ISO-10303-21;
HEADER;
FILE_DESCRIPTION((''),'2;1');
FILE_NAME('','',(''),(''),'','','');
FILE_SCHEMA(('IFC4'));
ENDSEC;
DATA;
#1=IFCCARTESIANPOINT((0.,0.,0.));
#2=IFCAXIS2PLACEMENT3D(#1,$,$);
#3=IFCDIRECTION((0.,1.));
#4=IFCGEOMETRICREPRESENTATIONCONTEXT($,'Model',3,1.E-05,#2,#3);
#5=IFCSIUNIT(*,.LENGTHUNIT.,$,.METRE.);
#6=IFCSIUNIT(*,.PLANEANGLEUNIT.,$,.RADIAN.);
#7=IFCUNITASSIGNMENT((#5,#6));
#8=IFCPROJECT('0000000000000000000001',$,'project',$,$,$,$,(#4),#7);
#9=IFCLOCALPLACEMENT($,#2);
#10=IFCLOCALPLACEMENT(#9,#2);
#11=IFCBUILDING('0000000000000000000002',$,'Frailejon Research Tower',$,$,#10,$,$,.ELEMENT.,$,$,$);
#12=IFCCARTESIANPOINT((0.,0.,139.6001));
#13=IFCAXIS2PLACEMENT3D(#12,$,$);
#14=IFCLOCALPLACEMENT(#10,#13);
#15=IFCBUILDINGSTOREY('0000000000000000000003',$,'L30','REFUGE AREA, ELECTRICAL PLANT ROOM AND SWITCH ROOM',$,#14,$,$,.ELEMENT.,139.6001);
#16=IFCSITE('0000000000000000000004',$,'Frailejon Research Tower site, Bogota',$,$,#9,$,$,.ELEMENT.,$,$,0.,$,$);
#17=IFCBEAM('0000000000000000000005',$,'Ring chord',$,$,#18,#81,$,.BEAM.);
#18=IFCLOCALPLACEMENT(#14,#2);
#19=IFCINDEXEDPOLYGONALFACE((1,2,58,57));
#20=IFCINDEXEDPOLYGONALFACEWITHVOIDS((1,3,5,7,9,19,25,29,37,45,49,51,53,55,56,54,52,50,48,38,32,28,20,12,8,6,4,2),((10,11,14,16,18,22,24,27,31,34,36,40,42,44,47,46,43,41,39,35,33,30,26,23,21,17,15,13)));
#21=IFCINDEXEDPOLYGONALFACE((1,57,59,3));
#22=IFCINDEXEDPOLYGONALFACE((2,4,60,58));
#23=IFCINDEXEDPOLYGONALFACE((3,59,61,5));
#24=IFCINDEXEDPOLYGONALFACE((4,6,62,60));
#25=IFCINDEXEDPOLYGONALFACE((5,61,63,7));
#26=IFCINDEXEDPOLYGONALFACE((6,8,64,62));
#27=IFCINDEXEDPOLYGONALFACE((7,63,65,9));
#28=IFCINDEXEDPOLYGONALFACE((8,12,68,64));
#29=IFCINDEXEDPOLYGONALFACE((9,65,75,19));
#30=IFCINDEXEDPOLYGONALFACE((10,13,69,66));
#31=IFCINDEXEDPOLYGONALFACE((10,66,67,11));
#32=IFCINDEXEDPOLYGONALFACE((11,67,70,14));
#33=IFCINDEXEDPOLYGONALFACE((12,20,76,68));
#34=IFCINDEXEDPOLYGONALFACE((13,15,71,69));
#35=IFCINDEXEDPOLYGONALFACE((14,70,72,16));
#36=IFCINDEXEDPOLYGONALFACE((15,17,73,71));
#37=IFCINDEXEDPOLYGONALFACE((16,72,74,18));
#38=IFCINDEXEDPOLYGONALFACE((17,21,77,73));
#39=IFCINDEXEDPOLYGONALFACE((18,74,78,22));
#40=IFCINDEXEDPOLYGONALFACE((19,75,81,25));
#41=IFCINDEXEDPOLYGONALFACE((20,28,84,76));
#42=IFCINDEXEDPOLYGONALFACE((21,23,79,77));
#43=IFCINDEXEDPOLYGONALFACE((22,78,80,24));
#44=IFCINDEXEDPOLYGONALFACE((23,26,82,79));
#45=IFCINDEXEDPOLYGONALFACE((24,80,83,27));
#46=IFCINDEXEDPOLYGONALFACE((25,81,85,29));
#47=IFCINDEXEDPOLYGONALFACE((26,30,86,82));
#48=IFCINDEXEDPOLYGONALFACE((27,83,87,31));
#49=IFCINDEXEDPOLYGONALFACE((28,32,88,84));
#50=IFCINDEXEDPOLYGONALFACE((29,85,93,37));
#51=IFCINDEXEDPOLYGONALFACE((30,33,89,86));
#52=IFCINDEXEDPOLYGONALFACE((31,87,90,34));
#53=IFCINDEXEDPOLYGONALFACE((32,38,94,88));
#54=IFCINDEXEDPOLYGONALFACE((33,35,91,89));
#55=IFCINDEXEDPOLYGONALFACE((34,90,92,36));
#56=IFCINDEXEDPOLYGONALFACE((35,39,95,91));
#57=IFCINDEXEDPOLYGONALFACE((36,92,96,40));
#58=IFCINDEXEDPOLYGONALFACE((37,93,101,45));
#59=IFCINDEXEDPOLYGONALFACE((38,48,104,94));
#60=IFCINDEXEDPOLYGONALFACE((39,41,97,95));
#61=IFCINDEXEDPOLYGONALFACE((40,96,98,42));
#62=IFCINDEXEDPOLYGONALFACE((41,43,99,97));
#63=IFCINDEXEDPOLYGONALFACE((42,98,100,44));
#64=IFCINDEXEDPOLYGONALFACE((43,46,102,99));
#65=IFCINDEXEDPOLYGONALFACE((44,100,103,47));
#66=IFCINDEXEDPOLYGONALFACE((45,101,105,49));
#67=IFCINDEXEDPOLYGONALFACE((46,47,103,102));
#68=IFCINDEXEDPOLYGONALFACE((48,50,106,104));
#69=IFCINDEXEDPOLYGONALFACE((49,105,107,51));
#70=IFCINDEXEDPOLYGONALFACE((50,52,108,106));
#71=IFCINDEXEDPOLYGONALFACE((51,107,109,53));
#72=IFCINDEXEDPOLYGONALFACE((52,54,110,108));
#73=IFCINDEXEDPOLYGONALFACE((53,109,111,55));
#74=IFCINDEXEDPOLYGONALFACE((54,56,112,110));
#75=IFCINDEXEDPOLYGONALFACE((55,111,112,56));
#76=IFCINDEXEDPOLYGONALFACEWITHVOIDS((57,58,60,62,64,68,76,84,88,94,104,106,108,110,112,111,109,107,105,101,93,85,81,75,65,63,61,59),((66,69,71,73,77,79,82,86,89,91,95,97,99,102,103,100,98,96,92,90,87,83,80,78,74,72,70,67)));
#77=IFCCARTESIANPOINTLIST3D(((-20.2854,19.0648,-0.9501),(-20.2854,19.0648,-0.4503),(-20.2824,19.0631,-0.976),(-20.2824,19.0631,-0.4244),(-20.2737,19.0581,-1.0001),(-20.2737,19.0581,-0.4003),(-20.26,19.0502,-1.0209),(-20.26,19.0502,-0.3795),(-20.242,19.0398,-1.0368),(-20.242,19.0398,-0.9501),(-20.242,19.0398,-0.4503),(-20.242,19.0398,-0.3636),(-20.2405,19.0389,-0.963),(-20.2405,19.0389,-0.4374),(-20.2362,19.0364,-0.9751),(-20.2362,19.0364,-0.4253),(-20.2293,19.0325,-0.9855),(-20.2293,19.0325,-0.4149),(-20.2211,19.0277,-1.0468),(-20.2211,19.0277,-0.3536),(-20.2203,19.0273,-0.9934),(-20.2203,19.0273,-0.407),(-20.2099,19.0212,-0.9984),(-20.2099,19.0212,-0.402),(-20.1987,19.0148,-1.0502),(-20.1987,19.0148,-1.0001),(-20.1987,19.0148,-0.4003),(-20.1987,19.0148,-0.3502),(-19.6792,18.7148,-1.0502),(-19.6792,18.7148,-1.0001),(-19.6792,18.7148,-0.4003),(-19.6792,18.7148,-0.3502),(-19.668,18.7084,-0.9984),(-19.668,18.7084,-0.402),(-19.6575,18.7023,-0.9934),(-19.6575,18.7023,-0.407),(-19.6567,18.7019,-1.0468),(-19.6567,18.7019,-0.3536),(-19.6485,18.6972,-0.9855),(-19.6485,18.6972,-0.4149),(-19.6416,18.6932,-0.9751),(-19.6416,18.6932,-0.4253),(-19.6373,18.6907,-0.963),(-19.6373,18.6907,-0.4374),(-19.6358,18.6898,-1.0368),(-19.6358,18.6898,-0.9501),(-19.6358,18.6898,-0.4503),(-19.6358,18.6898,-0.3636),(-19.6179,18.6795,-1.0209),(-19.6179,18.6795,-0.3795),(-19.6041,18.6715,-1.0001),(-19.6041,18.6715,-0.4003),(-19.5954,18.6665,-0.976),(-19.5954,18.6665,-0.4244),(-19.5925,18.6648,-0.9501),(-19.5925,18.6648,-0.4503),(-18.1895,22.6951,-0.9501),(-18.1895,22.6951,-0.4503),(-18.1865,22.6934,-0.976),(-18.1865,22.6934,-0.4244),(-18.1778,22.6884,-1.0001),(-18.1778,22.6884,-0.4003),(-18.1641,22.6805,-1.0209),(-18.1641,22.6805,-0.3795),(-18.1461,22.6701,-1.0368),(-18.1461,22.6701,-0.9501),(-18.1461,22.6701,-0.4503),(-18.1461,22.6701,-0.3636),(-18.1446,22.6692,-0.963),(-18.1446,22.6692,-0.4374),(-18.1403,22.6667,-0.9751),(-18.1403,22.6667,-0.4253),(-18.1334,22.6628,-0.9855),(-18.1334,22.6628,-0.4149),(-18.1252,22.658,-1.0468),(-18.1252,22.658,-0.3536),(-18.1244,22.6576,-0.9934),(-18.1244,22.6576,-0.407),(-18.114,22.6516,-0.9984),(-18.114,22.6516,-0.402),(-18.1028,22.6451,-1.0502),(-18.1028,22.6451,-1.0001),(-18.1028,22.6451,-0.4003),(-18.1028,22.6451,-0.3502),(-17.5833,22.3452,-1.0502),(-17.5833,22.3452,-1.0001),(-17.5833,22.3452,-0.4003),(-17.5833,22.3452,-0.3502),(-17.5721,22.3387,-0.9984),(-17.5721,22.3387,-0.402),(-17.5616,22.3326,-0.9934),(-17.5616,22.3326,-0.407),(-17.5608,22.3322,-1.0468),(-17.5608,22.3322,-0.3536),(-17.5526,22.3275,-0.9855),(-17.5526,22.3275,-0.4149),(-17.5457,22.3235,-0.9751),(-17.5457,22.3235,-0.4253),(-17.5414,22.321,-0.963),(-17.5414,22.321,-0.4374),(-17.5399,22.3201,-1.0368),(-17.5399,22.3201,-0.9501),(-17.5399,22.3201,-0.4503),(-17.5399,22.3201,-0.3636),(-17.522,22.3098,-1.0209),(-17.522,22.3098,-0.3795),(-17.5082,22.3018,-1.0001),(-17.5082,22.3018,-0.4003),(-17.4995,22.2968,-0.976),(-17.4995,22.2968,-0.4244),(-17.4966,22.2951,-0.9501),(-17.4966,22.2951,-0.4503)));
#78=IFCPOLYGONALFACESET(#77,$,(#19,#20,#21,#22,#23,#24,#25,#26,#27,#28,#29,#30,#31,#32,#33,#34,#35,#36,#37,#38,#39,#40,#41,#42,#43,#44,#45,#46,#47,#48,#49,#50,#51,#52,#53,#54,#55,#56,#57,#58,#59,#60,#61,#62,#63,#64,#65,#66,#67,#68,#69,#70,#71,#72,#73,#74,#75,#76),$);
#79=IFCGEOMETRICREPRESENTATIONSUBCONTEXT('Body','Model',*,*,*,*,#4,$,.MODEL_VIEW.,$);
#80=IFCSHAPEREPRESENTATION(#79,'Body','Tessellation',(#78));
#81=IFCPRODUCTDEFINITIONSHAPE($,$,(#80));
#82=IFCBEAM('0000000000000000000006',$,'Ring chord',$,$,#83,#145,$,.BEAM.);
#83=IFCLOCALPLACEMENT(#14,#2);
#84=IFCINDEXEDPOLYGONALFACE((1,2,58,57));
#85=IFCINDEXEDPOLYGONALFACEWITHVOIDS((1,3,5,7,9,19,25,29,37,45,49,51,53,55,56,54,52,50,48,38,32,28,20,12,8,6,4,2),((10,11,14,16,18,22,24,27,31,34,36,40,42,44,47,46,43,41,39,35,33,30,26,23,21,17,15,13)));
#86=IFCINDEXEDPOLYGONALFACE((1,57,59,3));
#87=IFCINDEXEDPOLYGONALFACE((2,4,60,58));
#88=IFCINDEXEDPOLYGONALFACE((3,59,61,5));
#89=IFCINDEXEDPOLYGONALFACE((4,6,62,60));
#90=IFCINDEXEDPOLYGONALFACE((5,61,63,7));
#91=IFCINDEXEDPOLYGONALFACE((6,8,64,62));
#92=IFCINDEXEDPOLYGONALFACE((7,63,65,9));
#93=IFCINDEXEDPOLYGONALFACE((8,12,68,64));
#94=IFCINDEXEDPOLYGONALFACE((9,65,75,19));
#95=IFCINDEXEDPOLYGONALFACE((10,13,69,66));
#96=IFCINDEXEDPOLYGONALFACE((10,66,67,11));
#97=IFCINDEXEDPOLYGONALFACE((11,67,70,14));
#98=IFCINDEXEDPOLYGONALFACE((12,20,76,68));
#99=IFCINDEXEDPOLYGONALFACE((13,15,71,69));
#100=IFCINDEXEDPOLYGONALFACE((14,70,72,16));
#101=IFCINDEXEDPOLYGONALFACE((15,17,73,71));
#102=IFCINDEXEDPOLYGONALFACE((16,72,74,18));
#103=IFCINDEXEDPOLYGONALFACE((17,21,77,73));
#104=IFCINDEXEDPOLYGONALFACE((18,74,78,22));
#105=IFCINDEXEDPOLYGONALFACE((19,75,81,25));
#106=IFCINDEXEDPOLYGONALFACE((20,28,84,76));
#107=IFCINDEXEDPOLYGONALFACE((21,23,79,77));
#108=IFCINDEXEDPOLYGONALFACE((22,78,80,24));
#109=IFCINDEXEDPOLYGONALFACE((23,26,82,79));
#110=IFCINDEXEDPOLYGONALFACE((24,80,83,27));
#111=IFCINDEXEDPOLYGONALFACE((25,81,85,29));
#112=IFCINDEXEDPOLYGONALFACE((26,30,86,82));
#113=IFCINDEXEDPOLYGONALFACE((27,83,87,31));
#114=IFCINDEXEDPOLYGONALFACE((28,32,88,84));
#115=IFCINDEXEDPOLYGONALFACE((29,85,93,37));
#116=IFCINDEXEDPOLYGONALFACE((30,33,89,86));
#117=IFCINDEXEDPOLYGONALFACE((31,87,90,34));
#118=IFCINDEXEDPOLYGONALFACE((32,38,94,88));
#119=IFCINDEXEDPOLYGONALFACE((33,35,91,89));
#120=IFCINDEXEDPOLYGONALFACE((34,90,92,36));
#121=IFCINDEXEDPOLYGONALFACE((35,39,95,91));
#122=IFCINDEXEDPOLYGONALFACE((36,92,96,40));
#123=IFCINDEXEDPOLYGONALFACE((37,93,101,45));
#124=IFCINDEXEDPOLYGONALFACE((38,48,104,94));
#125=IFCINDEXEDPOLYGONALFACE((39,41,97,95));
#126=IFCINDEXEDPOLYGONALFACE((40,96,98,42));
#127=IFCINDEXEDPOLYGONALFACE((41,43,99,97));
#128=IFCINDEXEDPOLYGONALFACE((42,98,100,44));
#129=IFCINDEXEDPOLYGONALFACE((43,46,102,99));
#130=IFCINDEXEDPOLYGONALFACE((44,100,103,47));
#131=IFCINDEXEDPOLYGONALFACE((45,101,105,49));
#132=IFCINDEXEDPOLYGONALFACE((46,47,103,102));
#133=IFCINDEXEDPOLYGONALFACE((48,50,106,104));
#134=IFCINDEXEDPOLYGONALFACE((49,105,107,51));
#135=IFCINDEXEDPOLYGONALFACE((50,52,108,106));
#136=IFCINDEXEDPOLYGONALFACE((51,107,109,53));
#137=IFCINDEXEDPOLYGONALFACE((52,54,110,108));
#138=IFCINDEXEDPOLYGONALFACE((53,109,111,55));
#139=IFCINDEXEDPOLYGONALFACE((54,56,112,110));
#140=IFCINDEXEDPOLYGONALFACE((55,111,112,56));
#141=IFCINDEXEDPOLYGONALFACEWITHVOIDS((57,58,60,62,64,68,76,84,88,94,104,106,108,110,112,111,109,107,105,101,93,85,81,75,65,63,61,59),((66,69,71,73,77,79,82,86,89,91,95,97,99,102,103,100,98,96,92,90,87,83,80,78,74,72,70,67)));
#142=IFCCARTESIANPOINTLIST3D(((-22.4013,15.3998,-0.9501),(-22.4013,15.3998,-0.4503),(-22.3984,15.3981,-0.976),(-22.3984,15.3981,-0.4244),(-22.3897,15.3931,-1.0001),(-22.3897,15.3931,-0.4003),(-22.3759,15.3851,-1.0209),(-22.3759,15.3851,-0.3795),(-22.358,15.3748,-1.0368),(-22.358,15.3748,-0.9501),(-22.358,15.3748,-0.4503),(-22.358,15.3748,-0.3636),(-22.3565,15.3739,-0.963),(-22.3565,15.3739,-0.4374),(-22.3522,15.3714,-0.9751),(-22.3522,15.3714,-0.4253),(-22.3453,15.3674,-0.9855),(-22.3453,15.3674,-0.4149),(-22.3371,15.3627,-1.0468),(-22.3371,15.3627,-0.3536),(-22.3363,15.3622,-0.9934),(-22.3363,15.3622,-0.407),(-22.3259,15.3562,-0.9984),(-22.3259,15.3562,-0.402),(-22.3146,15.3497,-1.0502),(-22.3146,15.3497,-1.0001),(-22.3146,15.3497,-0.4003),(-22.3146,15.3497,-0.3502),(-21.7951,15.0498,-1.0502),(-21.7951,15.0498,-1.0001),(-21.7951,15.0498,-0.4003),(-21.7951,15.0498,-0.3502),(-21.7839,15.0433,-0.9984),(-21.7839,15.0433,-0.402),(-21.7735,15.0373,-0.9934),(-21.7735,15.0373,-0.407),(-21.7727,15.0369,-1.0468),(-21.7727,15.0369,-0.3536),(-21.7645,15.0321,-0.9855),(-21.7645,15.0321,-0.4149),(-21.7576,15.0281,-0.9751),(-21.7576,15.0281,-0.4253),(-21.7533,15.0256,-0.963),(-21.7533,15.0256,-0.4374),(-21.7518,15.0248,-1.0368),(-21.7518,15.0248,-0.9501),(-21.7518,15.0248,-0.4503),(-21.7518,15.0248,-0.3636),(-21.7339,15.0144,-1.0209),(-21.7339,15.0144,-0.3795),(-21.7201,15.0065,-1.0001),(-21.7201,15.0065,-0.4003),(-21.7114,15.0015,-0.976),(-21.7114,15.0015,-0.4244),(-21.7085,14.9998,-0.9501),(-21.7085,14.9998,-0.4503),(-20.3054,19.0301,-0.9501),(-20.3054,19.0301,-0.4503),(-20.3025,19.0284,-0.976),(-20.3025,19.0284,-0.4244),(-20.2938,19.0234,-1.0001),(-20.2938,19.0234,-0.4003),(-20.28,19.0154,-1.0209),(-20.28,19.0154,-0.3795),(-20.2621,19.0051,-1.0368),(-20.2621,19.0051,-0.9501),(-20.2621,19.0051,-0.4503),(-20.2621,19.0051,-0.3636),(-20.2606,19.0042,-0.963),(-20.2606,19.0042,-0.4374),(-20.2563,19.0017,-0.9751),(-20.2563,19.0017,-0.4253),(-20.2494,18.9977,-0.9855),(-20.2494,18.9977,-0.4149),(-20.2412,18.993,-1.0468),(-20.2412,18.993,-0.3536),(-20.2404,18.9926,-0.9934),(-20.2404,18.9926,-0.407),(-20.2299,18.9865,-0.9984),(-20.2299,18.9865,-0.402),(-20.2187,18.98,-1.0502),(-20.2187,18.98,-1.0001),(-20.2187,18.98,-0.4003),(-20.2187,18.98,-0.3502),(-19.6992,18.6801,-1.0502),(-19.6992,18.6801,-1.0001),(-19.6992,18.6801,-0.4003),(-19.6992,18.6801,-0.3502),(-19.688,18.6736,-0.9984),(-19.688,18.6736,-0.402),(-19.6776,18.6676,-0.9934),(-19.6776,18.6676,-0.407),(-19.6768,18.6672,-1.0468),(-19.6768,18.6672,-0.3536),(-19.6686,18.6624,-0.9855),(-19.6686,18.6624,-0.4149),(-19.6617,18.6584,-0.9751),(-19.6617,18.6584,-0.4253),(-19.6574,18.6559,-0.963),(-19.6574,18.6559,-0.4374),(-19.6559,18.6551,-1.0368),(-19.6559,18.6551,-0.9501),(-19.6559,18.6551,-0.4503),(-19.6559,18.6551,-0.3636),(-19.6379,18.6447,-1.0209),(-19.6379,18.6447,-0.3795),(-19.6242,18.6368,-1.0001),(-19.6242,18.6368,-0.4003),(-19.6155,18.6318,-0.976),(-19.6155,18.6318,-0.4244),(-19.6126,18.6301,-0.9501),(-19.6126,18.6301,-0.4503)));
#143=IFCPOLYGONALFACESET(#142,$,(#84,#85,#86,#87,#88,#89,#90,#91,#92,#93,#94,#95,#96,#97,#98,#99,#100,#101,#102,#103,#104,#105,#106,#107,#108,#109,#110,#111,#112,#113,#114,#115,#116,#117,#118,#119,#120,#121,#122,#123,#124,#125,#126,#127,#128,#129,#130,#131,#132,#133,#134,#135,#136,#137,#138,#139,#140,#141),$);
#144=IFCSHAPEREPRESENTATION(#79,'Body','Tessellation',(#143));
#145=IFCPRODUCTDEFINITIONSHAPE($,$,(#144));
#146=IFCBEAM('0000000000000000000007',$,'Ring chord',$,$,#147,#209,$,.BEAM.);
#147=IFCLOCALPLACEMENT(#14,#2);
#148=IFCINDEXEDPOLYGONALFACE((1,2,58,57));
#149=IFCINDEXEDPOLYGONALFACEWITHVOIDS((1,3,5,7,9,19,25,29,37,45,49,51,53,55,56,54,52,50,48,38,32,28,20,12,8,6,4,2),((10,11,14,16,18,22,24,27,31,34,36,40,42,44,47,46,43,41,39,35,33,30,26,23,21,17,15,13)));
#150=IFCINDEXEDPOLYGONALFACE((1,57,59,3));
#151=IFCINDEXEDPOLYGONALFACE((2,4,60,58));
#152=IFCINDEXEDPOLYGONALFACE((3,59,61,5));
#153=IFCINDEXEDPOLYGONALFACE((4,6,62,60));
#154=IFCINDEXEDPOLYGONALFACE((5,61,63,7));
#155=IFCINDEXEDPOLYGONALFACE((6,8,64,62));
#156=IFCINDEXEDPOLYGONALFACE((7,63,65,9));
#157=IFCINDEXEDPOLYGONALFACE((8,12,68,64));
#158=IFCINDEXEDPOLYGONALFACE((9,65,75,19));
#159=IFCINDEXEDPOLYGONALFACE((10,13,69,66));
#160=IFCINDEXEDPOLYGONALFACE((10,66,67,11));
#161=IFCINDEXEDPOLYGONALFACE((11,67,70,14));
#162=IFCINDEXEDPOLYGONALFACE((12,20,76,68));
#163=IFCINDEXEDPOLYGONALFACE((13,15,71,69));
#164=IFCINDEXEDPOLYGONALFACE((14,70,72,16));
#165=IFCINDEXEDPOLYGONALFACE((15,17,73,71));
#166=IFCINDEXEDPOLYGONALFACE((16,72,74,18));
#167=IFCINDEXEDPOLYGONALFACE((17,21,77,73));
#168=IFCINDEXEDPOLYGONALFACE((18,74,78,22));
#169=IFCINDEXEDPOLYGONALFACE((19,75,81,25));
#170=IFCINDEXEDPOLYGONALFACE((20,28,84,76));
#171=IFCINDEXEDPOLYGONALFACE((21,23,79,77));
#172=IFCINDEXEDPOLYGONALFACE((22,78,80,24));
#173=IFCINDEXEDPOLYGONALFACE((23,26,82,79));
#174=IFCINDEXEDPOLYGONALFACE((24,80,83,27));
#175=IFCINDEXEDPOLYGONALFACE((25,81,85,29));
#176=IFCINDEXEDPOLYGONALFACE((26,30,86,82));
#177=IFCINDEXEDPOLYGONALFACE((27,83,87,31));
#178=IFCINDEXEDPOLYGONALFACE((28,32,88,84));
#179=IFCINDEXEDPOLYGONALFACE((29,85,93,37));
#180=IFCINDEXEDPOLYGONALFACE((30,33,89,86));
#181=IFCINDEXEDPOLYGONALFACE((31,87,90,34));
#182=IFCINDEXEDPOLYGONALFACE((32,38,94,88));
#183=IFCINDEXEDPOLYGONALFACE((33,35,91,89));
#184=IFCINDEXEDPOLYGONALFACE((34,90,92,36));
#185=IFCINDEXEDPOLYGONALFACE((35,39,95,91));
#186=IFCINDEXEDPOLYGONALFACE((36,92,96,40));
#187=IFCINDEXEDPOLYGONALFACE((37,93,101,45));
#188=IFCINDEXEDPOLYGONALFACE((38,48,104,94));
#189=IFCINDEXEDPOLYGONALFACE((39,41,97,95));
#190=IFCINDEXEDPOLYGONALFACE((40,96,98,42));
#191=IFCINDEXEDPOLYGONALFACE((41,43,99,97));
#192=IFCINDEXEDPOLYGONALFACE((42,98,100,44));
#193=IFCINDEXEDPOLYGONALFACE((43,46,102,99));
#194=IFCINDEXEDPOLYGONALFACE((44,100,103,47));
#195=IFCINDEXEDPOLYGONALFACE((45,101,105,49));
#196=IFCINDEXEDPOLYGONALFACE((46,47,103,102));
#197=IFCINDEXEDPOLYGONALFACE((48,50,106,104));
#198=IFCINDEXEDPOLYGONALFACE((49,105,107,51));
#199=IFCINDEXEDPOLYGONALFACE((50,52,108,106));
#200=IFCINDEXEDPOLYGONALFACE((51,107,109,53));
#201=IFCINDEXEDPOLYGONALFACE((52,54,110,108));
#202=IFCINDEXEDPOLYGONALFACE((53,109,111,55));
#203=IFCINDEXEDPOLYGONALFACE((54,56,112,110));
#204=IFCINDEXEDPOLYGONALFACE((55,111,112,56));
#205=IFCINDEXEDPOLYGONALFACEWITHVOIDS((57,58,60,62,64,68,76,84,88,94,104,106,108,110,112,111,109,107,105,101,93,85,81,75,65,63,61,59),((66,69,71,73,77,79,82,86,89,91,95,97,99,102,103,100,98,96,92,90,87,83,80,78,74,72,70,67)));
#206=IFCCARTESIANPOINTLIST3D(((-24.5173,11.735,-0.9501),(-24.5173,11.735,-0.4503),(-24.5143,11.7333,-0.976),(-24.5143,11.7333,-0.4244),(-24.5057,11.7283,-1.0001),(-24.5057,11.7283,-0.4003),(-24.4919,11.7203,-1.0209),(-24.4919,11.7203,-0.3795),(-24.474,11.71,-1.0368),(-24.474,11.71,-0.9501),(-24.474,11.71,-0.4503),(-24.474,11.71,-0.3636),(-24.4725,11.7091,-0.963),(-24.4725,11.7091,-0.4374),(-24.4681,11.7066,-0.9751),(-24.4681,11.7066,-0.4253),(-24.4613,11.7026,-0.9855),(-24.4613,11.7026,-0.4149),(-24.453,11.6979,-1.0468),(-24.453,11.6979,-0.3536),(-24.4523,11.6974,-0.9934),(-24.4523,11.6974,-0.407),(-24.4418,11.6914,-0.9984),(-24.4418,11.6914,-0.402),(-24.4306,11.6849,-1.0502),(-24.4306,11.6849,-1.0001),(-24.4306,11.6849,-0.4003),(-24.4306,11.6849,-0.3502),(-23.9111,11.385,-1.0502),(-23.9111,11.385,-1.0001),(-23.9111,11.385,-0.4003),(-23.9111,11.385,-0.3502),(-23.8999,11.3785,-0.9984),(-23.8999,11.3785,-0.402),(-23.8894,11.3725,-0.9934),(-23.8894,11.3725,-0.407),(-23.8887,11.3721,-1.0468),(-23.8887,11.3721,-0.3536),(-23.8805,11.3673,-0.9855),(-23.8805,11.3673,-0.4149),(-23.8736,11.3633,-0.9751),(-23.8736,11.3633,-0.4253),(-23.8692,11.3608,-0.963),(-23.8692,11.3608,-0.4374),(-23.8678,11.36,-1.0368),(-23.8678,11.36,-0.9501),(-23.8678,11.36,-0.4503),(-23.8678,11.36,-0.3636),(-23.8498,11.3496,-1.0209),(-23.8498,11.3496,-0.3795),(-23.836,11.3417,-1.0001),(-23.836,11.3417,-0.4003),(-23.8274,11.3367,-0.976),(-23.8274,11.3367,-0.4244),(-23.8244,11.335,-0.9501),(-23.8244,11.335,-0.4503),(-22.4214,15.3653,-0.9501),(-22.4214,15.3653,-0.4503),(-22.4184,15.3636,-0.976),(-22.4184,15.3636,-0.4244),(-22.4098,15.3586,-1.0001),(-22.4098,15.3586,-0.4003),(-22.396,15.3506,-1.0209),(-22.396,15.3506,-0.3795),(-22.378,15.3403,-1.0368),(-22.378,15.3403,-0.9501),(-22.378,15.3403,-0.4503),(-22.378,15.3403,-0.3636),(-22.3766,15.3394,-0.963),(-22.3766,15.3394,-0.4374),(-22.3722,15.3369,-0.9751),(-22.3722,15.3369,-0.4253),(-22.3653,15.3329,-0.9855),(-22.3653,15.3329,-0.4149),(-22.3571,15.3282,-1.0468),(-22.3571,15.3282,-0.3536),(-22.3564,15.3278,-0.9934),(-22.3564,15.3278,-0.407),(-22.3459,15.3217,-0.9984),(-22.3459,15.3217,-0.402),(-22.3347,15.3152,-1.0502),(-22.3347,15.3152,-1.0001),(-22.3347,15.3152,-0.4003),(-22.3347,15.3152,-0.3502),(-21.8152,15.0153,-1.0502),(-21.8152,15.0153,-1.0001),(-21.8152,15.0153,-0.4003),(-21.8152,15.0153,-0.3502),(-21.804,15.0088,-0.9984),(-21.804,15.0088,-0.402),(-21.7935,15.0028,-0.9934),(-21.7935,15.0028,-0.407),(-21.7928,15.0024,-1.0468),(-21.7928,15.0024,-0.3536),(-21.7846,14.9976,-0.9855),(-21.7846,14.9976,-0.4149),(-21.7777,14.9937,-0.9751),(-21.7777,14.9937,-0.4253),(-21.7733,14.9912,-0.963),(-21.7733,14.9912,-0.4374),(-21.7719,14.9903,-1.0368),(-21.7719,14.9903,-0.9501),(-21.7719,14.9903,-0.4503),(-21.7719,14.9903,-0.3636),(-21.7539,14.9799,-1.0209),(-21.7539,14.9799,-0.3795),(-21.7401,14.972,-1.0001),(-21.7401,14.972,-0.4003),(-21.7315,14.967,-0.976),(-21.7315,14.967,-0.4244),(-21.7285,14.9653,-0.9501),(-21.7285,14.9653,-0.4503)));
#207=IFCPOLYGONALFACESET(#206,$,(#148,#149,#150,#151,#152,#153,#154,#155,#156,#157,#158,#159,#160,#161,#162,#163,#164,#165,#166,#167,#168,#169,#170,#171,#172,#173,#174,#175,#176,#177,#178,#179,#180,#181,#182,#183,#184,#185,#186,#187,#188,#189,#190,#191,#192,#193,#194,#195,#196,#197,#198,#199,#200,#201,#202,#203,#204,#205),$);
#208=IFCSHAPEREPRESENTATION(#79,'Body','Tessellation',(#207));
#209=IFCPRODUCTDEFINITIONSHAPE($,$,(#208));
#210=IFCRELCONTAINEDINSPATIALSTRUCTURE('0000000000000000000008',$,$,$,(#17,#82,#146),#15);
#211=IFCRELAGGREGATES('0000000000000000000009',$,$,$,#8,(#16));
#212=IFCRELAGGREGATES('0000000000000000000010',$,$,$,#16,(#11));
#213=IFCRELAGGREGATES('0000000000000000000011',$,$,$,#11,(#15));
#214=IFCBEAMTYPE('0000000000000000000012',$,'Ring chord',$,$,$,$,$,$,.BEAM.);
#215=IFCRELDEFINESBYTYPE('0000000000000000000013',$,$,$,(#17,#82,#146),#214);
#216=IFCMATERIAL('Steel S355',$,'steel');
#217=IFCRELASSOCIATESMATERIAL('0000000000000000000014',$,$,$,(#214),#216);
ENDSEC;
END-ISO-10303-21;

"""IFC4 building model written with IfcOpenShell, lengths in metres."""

from ifc_helpers import new_model, si_unit, direction, frame, origin, origin_2d, place, context, subcontext, project, spatial, hollow_rectangle, extrude, material, material_profile, profile_set, type_object, element, save


model = new_model("IFC4")

# Units and contexts
model_context = context("Model", 3, precision=1e-05, world=origin(), true_north=direction((0.0, 1.0)))
body_context = subcontext(model_context, "Body", "Model", "MODEL_VIEW")
ifc_project = project(units=[si_unit("LENGTHUNIT", "METRE"), si_unit("PLANEANGLEUNIT", "RADIAN")], contexts=[model_context])

# Site, building, storey
site_placement = place(None, origin())
site = spatial("IfcSite", under=ifc_project, at=site_placement, Name="Frailejon Research Tower site, Bogota", CompositionType="ELEMENT", RefElevation=0.0)
building_placement = place(site_placement, origin())
building = spatial("IfcBuilding", under=site, at=building_placement, Name="Frailejon Research Tower", CompositionType="ELEMENT")
storey_placement = place(building_placement, frame((0.0, 0.0, 139.6001)))
storey = spatial("IfcBuildingStorey", under=building, at=storey_placement, Name="L30", Description="REFUGE AREA, ELECTRICAL PLANT ROOM AND SWITCH ROOM", CompositionType="ELEMENT", Elevation=139.6001)

# Beams
ifc_material_1 = material(Name="Steel S355", Category="steel")
ifc_material_profile_1 = material_profile(ifc_material_1, hollow_rectangle(XDim=0.8, YDim=0.7, WallThickness=0.05, InnerFilletRadius=0.05, OuterFilletRadius=0.1001, at=origin_2d()), Name="Ring chord")
ifc_profile_set_1 = profile_set([ifc_material_profile_1], Name="Steel S355")
beam_type_1 = type_object("IfcBeamType", Name="Ring chord", PredefinedType="BEAM", material=ifc_profile_set_1)
for number, where, z_axis, x_axis, name in (
    (1, (-17.843, 22.4951, -0.7002), (-0.499991, -0.86603, 0.0), (0.86603, -0.499991, 0.0), "Ring chord"),
    (2, (-19.959, 18.8301, -0.7002), (-0.499991, -0.86603, 0.0), (0.86603, -0.499991, 0.0), "Ring chord"),
    (3, (-22.075, 15.1653, -0.7002), (-0.499991, -0.86603, 0.0), (0.86603, -0.499991, 0.0), "Ring chord"),
):
    element("IfcBeam", number, at=place(storey_placement, frame(where, z_axis=z_axis, x_axis=x_axis)), inside=storey, type_object=beam_type_1, Name=name, PredefinedType="BEAM", context=body_context, shape_type="SweptSolid", body=[
        extrude(hollow_rectangle(XDim=0.8, YDim=0.7, WallThickness=0.05, InnerFilletRadius=0.05, OuterFilletRadius=0.1001, at=origin_2d()), origin(), (0.0, 0.0, 1.0), 4.1919),
    ])

save(model, "model.ifc")
